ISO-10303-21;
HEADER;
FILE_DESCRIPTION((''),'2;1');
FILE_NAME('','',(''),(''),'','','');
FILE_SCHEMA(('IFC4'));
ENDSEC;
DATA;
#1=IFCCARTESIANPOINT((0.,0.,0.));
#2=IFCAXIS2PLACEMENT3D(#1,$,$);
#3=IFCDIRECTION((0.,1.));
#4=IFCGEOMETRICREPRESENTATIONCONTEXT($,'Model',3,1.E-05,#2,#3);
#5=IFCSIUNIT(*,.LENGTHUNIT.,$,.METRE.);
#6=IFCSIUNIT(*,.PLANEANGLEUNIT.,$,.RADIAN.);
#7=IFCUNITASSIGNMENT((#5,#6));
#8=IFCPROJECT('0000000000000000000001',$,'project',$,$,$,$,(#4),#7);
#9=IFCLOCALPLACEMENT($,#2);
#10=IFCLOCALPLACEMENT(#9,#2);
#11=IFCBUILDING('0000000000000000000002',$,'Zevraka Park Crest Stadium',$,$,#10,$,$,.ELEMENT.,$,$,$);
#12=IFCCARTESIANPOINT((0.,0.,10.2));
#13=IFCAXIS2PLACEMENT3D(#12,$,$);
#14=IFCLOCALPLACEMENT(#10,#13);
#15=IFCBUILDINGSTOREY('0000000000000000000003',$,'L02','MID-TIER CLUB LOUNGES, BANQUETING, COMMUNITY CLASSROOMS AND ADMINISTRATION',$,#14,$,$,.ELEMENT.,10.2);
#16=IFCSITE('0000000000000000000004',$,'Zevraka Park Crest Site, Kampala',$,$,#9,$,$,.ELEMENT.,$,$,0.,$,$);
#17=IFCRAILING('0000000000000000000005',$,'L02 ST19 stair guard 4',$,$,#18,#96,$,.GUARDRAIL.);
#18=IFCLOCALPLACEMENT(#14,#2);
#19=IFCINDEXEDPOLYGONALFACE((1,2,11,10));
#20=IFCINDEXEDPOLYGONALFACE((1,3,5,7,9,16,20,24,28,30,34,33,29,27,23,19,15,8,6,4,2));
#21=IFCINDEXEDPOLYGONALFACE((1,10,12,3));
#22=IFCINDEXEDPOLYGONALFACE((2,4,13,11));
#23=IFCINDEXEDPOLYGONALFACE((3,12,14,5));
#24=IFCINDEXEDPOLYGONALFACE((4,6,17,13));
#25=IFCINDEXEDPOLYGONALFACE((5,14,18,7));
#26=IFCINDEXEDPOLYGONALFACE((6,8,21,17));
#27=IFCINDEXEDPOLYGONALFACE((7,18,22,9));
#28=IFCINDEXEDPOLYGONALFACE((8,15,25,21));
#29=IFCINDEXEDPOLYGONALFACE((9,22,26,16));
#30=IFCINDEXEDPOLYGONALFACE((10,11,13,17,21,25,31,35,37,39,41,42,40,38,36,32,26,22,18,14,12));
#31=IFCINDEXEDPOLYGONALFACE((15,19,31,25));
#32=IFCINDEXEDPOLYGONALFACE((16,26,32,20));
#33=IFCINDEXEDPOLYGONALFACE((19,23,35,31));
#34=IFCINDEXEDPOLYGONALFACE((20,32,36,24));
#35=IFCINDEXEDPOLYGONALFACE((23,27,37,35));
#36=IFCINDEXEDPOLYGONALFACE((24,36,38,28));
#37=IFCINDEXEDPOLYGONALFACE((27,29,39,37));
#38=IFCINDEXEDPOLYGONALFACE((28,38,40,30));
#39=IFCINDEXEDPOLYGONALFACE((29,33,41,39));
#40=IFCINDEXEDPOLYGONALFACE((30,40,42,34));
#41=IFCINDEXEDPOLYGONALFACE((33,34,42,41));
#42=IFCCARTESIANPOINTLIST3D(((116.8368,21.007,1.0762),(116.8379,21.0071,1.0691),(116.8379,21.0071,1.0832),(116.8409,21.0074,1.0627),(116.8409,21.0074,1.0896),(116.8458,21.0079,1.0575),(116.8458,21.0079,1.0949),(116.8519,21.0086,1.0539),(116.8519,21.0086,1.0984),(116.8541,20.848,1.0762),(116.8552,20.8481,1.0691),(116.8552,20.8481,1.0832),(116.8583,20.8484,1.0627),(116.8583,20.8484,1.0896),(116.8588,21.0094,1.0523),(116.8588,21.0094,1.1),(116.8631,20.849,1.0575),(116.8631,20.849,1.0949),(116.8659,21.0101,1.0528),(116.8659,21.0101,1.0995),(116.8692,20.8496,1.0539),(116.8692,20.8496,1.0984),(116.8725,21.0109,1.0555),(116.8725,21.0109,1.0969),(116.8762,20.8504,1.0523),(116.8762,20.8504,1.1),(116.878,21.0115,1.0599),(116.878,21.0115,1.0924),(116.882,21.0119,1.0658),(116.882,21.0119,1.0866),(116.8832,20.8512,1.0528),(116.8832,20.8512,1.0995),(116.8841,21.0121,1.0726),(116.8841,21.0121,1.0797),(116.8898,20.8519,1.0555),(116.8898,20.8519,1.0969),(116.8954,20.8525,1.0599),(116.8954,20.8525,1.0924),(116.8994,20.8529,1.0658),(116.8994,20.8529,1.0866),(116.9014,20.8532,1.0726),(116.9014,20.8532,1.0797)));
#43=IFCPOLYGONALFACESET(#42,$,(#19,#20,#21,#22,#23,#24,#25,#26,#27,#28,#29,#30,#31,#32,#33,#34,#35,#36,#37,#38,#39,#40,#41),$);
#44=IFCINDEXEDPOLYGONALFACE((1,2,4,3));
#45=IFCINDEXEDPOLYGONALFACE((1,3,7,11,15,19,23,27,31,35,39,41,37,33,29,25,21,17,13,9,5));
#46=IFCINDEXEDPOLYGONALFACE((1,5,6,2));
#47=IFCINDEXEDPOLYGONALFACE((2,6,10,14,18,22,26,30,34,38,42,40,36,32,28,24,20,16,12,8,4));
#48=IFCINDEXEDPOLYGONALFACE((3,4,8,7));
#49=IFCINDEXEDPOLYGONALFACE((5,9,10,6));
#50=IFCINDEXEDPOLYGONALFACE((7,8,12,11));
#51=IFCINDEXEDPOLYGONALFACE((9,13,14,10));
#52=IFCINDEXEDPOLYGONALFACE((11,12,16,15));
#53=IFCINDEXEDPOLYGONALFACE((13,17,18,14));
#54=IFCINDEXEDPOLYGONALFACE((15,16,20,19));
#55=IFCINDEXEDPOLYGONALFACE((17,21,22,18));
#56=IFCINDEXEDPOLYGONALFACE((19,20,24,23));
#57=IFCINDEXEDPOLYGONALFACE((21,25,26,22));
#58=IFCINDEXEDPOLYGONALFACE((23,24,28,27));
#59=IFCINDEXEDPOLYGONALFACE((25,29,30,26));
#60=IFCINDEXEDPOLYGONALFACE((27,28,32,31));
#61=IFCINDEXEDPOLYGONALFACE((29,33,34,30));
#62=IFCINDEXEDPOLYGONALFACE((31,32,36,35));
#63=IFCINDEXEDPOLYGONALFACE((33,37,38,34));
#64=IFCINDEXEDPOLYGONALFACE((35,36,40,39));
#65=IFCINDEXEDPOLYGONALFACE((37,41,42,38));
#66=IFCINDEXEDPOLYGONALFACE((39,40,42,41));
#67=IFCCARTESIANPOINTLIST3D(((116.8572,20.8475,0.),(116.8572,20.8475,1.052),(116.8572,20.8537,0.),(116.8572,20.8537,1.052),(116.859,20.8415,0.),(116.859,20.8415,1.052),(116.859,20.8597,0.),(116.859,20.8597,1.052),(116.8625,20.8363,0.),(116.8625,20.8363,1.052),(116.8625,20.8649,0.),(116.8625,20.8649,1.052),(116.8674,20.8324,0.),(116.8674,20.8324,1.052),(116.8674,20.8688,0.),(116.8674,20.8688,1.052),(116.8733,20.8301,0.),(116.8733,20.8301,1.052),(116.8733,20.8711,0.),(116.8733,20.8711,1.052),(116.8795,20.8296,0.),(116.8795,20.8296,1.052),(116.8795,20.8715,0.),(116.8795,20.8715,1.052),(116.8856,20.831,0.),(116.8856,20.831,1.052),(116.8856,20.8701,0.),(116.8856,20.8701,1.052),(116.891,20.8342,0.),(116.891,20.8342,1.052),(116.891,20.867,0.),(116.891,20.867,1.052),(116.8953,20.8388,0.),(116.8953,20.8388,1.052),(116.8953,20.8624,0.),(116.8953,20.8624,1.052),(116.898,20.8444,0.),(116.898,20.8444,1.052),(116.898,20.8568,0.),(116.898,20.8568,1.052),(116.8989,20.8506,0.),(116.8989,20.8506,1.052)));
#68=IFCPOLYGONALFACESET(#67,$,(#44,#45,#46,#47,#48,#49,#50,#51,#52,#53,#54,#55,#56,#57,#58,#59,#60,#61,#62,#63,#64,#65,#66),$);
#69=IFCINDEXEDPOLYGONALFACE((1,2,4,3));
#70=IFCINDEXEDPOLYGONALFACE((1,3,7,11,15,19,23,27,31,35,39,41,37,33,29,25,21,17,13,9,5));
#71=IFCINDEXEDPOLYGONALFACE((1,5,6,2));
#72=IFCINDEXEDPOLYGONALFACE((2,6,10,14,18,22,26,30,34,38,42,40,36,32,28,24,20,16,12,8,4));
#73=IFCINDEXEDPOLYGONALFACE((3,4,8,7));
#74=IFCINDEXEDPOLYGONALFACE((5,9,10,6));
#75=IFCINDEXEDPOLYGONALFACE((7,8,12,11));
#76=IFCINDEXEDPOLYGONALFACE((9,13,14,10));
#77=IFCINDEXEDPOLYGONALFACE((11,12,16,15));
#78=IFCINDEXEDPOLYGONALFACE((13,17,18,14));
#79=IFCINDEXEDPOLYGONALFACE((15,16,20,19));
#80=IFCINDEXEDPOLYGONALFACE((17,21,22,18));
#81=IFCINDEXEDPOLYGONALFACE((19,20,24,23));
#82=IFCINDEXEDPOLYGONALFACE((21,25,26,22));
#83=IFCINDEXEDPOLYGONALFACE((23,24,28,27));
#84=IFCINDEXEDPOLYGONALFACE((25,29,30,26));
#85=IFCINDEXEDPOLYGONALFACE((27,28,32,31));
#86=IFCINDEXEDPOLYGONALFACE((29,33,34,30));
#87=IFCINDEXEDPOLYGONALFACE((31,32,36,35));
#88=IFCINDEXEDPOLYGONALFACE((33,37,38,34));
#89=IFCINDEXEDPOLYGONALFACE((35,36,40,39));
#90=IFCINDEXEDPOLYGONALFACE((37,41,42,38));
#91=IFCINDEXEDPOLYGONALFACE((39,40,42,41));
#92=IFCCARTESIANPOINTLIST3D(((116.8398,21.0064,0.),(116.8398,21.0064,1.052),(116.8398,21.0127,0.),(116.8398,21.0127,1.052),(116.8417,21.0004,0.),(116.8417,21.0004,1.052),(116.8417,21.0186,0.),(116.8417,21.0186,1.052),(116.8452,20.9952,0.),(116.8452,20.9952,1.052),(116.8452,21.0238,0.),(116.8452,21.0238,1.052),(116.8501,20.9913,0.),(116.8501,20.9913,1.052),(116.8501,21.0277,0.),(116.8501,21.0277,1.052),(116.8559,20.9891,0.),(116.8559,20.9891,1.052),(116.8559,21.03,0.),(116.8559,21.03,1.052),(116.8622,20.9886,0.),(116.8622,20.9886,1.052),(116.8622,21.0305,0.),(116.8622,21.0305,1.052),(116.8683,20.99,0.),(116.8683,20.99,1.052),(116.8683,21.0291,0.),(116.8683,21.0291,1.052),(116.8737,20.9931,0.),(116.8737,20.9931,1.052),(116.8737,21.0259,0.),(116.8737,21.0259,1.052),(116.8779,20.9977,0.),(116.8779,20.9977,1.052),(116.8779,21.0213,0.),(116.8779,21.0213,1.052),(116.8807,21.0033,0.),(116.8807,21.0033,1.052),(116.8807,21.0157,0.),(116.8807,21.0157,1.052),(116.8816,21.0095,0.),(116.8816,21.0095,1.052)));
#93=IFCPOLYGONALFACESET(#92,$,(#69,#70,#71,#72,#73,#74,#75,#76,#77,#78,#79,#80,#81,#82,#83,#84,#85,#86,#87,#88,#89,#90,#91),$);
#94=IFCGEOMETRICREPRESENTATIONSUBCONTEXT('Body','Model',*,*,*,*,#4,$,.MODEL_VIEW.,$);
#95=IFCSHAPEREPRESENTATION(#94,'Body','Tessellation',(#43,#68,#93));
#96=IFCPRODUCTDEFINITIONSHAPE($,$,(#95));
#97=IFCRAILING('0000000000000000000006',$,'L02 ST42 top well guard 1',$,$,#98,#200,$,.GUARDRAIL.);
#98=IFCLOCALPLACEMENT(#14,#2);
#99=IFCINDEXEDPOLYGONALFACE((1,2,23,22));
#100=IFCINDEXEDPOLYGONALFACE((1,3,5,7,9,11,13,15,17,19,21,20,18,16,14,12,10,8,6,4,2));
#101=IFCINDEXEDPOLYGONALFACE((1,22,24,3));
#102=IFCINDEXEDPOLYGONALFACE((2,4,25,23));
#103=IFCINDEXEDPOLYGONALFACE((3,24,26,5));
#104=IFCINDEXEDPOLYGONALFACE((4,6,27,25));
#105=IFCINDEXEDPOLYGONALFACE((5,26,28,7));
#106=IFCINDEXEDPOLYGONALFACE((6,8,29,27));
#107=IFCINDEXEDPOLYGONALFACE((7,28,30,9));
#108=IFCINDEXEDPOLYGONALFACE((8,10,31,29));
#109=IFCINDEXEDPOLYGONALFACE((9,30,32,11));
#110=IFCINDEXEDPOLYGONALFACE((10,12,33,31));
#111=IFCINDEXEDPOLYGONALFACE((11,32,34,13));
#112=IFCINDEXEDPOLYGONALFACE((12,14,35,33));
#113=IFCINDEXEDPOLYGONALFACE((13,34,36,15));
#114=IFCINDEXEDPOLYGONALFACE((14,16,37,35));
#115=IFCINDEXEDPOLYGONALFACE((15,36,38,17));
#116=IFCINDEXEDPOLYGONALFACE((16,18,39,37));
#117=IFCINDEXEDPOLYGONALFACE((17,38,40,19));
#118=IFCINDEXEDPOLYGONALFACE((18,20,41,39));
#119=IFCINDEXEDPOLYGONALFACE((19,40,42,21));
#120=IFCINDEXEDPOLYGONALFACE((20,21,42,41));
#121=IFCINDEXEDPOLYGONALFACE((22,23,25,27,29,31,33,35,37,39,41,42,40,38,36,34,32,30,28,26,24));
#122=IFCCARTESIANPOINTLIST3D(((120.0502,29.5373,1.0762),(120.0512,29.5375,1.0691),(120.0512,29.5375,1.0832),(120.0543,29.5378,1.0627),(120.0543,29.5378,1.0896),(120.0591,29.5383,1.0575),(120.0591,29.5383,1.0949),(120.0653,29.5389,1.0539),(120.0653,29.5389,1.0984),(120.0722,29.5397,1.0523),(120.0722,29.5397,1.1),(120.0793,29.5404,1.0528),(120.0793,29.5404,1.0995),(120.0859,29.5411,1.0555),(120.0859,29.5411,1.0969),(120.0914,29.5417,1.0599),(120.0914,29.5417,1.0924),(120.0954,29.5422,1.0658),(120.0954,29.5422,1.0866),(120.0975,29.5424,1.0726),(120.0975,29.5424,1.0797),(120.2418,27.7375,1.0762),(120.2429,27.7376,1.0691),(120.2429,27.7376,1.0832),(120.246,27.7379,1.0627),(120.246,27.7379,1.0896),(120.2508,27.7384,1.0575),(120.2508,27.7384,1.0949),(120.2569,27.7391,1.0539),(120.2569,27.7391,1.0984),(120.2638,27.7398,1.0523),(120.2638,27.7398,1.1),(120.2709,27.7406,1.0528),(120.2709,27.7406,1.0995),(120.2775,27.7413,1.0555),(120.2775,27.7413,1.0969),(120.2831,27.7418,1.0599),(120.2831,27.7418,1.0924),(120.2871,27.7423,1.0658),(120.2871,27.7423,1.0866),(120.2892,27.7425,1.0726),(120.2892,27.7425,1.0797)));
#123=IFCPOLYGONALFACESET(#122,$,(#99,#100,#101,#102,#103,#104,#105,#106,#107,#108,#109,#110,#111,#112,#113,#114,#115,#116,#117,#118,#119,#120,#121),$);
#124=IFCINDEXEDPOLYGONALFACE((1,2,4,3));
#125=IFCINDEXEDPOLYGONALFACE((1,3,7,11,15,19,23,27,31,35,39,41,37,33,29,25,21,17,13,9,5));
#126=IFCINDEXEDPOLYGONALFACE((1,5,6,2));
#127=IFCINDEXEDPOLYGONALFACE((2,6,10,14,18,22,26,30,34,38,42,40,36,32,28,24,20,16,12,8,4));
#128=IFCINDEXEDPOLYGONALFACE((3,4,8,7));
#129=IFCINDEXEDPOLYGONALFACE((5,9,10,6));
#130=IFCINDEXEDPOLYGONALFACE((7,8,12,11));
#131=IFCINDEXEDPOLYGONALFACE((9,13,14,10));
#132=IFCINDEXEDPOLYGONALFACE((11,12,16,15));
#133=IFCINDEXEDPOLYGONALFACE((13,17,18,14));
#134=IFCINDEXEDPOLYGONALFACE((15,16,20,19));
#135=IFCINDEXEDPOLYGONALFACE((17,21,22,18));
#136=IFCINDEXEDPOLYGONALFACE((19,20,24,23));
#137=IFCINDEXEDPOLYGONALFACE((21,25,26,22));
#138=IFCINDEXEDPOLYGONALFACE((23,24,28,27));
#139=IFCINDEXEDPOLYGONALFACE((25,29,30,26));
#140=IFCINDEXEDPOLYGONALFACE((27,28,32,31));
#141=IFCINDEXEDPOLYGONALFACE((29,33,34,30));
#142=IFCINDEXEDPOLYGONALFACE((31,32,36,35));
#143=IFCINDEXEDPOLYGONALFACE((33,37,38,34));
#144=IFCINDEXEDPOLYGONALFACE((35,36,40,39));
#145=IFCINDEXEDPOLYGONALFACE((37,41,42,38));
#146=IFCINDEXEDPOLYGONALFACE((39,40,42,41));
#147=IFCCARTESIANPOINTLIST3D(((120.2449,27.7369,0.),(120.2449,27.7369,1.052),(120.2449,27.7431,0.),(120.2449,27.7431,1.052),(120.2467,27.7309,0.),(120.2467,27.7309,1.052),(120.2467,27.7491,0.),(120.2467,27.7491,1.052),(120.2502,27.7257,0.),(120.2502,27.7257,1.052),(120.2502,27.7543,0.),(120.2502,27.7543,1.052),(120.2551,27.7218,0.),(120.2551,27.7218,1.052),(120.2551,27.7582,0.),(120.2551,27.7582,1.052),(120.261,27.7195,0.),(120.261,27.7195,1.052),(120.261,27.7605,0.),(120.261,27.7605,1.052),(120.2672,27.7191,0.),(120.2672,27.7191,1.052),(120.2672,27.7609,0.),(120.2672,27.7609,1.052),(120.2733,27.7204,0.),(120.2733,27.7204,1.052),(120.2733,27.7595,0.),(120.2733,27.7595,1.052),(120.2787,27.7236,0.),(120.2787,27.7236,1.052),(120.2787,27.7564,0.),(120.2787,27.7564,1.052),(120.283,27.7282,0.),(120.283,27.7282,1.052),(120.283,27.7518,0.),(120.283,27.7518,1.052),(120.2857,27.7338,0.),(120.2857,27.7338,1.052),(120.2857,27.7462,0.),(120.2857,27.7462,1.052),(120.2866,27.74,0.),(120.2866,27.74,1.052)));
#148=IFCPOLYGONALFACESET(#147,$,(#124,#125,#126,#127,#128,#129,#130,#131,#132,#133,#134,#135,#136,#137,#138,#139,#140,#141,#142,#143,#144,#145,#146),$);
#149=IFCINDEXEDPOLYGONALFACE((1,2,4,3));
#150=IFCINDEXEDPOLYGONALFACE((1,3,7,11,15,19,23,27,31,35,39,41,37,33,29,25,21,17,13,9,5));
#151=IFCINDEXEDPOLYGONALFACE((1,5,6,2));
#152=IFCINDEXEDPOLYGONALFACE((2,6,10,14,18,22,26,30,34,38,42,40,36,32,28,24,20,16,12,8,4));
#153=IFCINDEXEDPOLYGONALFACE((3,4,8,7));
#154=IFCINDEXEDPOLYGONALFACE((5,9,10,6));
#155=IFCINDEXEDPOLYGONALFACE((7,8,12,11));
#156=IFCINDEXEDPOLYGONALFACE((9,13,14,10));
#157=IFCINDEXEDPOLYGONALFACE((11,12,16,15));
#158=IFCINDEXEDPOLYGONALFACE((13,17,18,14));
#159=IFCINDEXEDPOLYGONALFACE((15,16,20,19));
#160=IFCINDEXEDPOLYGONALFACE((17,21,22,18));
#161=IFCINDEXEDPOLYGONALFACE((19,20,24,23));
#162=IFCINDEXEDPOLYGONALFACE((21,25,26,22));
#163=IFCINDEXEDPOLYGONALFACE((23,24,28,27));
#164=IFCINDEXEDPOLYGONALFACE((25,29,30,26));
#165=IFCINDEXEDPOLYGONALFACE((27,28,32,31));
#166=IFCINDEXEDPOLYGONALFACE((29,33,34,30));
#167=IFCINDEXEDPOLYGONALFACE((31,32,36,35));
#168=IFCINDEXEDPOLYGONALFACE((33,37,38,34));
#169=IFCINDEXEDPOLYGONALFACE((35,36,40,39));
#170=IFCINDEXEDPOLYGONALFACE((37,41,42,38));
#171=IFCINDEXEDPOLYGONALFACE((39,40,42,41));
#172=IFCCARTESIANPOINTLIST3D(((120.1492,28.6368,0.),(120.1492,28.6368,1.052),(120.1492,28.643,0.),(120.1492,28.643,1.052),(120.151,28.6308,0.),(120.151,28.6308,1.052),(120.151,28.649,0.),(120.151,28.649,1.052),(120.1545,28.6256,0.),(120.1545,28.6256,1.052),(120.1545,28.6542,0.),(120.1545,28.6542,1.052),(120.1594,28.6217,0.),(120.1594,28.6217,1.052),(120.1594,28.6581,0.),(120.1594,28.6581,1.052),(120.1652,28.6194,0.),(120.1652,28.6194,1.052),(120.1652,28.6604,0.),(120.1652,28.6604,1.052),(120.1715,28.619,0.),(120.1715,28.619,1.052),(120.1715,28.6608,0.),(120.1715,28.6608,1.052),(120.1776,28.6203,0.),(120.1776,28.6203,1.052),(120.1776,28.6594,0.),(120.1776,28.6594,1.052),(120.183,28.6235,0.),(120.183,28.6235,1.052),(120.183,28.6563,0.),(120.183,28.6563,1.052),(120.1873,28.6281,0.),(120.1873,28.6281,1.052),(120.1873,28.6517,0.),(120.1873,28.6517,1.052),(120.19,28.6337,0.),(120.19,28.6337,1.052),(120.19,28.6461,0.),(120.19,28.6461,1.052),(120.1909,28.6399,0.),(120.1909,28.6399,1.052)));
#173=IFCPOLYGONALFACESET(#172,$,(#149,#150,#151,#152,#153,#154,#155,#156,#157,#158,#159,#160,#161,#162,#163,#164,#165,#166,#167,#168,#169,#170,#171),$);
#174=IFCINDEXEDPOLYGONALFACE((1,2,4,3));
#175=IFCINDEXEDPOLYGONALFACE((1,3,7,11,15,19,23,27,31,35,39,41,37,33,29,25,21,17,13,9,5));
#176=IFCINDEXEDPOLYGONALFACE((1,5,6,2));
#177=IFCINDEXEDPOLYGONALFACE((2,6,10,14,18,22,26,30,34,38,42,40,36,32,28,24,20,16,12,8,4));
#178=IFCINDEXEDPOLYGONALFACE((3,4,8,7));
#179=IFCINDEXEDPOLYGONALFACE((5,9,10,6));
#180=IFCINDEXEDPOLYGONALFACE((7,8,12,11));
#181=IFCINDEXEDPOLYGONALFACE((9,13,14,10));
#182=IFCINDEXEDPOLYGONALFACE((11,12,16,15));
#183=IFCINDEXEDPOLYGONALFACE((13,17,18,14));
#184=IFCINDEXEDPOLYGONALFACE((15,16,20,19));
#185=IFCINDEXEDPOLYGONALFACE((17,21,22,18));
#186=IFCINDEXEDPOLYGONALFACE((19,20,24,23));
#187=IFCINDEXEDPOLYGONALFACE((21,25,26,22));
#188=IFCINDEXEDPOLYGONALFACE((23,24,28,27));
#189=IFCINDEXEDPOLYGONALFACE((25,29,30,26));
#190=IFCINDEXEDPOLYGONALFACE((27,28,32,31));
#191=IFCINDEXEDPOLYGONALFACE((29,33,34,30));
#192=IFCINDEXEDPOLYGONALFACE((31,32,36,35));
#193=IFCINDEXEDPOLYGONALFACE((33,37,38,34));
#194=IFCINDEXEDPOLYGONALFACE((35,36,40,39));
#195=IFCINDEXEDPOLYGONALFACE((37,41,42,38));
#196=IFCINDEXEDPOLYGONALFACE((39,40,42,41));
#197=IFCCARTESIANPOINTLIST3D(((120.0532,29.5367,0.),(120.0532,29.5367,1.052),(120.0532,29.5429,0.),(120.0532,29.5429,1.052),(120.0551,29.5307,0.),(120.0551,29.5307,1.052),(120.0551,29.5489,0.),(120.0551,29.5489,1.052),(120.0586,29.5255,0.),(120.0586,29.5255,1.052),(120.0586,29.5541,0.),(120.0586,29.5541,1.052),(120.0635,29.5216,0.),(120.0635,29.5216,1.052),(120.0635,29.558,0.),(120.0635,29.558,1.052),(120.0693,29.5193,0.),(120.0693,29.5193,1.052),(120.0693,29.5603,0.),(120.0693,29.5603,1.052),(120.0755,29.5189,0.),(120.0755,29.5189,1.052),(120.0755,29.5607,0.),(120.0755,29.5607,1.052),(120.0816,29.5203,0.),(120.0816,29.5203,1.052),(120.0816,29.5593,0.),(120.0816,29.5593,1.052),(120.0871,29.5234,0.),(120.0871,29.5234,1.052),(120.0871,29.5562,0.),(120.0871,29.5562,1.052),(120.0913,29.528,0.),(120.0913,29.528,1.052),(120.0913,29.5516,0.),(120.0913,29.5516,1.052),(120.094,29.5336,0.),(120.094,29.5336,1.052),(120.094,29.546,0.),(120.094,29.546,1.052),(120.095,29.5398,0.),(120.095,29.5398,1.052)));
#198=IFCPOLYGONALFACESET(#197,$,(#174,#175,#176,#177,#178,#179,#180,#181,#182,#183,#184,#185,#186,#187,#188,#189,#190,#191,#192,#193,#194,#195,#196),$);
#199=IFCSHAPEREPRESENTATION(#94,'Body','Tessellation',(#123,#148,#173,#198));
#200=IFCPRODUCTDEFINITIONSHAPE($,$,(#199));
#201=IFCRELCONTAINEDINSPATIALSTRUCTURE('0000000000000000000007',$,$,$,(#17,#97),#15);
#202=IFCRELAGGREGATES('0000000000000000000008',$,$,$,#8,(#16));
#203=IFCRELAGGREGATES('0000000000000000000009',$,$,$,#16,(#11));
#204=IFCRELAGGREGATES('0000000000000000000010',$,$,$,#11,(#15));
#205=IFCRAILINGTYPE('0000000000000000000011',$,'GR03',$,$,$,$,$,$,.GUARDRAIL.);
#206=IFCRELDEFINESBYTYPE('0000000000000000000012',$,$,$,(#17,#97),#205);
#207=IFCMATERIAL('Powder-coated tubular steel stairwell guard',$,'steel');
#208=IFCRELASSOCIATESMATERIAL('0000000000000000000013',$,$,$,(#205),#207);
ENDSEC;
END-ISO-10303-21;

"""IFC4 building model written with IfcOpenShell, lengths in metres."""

from ifc_helpers import new_model, si_unit, direction, frame, origin, origin_2d, place, context, subcontext, project, spatial, circle, extrude, material, type_object, element, save


model = new_model("IFC4")

# Units and contexts
model_context = context("Model", 3, precision=1e-05, world=origin(), true_north=direction((0.0, 1.0)))
body_context = subcontext(model_context, "Body", "Model", "MODEL_VIEW")
ifc_project = project(units=[si_unit("LENGTHUNIT", "METRE"), si_unit("PLANEANGLEUNIT", "RADIAN")], contexts=[model_context])

# Site, building, storey
site_placement = place(None, origin())
site = spatial("IfcSite", under=ifc_project, at=site_placement, Name="Zevraka Park Crest Site, Kampala", CompositionType="ELEMENT", RefElevation=0.0)
building_placement = place(site_placement, origin())
building = spatial("IfcBuilding", under=site, at=building_placement, Name="Zevraka Park Crest Stadium", CompositionType="ELEMENT")
storey_placement = place(building_placement, frame((0.0, 0.0, 10.2)))
storey = spatial("IfcBuildingStorey", under=building, at=storey_placement, Name="L02", Description="MID-TIER CLUB LOUNGES, BANQUETING, COMMUNITY CLASSROOMS AND ADMINISTRATION", CompositionType="ELEMENT", Elevation=10.2)

# Railings
ifc_material_1 = material(Name="Powder-coated tubular steel stairwell guard", Category="steel")
railing_type_1 = type_object("IfcRailingType", Name="GR03", PredefinedType="GUARDRAIL", material=ifc_material_1)
railing_1_placement = place(storey_placement, frame((116.8779, 20.8506, 0.0)))
element("IfcRailing", 1, at=railing_1_placement, inside=storey, type_object=railing_type_1, Name="L02 ST19 stair guard 4", PredefinedType="GUARDRAIL", context=body_context, shape_type="SweptSolid", body=[
    extrude(circle(Radius=0.0239, at=origin_2d()), frame((0.0, 0.0, 1.0762), z_axis=(-0.10842, 0.994105, 0.0), x_axis=(-0.994105, -0.10842, 0.0)), (0.0, 0.0, 1.0), 0.1599),
    extrude(circle(Radius=0.021, at=origin_2d()), origin(), (0.0, 0.0, 1.0), 1.052),
    extrude(circle(Radius=0.021, at=origin_2d()), frame((-0.0173, 0.1589, 0.0)), (0.0, 0.0, 1.0), 1.052),
])
railing_2_placement = place(storey_placement, frame((120.2656, 27.74, 0.0)))
element("IfcRailing", 2, at=railing_2_placement, inside=storey, type_object=railing_type_1, Name="L02 ST42 top well guard 1", PredefinedType="GUARDRAIL", context=body_context, shape_type="SweptSolid", body=[
    extrude(circle(Radius=0.0239, at=origin_2d()), frame((0.0, 0.0, 1.0762), z_axis=(-0.105885, 0.994378, 0.0), x_axis=(-0.994378, -0.105885, 0.0)), (0.0, 0.0, 1.0), 1.8101),
    extrude(circle(Radius=0.021, at=origin_2d()), origin(), (0.0, 0.0, 1.0), 1.052),
    extrude(circle(Radius=0.021, at=origin_2d()), frame((-0.0957, 0.8999, 0.0)), (0.0, 0.0, 1.0), 1.052),
    extrude(circle(Radius=0.021, at=origin_2d()), frame((-0.1917, 1.7998, 0.0)), (0.0, 0.0, 1.0), 1.052),
])

save(model, "model.ifc")
